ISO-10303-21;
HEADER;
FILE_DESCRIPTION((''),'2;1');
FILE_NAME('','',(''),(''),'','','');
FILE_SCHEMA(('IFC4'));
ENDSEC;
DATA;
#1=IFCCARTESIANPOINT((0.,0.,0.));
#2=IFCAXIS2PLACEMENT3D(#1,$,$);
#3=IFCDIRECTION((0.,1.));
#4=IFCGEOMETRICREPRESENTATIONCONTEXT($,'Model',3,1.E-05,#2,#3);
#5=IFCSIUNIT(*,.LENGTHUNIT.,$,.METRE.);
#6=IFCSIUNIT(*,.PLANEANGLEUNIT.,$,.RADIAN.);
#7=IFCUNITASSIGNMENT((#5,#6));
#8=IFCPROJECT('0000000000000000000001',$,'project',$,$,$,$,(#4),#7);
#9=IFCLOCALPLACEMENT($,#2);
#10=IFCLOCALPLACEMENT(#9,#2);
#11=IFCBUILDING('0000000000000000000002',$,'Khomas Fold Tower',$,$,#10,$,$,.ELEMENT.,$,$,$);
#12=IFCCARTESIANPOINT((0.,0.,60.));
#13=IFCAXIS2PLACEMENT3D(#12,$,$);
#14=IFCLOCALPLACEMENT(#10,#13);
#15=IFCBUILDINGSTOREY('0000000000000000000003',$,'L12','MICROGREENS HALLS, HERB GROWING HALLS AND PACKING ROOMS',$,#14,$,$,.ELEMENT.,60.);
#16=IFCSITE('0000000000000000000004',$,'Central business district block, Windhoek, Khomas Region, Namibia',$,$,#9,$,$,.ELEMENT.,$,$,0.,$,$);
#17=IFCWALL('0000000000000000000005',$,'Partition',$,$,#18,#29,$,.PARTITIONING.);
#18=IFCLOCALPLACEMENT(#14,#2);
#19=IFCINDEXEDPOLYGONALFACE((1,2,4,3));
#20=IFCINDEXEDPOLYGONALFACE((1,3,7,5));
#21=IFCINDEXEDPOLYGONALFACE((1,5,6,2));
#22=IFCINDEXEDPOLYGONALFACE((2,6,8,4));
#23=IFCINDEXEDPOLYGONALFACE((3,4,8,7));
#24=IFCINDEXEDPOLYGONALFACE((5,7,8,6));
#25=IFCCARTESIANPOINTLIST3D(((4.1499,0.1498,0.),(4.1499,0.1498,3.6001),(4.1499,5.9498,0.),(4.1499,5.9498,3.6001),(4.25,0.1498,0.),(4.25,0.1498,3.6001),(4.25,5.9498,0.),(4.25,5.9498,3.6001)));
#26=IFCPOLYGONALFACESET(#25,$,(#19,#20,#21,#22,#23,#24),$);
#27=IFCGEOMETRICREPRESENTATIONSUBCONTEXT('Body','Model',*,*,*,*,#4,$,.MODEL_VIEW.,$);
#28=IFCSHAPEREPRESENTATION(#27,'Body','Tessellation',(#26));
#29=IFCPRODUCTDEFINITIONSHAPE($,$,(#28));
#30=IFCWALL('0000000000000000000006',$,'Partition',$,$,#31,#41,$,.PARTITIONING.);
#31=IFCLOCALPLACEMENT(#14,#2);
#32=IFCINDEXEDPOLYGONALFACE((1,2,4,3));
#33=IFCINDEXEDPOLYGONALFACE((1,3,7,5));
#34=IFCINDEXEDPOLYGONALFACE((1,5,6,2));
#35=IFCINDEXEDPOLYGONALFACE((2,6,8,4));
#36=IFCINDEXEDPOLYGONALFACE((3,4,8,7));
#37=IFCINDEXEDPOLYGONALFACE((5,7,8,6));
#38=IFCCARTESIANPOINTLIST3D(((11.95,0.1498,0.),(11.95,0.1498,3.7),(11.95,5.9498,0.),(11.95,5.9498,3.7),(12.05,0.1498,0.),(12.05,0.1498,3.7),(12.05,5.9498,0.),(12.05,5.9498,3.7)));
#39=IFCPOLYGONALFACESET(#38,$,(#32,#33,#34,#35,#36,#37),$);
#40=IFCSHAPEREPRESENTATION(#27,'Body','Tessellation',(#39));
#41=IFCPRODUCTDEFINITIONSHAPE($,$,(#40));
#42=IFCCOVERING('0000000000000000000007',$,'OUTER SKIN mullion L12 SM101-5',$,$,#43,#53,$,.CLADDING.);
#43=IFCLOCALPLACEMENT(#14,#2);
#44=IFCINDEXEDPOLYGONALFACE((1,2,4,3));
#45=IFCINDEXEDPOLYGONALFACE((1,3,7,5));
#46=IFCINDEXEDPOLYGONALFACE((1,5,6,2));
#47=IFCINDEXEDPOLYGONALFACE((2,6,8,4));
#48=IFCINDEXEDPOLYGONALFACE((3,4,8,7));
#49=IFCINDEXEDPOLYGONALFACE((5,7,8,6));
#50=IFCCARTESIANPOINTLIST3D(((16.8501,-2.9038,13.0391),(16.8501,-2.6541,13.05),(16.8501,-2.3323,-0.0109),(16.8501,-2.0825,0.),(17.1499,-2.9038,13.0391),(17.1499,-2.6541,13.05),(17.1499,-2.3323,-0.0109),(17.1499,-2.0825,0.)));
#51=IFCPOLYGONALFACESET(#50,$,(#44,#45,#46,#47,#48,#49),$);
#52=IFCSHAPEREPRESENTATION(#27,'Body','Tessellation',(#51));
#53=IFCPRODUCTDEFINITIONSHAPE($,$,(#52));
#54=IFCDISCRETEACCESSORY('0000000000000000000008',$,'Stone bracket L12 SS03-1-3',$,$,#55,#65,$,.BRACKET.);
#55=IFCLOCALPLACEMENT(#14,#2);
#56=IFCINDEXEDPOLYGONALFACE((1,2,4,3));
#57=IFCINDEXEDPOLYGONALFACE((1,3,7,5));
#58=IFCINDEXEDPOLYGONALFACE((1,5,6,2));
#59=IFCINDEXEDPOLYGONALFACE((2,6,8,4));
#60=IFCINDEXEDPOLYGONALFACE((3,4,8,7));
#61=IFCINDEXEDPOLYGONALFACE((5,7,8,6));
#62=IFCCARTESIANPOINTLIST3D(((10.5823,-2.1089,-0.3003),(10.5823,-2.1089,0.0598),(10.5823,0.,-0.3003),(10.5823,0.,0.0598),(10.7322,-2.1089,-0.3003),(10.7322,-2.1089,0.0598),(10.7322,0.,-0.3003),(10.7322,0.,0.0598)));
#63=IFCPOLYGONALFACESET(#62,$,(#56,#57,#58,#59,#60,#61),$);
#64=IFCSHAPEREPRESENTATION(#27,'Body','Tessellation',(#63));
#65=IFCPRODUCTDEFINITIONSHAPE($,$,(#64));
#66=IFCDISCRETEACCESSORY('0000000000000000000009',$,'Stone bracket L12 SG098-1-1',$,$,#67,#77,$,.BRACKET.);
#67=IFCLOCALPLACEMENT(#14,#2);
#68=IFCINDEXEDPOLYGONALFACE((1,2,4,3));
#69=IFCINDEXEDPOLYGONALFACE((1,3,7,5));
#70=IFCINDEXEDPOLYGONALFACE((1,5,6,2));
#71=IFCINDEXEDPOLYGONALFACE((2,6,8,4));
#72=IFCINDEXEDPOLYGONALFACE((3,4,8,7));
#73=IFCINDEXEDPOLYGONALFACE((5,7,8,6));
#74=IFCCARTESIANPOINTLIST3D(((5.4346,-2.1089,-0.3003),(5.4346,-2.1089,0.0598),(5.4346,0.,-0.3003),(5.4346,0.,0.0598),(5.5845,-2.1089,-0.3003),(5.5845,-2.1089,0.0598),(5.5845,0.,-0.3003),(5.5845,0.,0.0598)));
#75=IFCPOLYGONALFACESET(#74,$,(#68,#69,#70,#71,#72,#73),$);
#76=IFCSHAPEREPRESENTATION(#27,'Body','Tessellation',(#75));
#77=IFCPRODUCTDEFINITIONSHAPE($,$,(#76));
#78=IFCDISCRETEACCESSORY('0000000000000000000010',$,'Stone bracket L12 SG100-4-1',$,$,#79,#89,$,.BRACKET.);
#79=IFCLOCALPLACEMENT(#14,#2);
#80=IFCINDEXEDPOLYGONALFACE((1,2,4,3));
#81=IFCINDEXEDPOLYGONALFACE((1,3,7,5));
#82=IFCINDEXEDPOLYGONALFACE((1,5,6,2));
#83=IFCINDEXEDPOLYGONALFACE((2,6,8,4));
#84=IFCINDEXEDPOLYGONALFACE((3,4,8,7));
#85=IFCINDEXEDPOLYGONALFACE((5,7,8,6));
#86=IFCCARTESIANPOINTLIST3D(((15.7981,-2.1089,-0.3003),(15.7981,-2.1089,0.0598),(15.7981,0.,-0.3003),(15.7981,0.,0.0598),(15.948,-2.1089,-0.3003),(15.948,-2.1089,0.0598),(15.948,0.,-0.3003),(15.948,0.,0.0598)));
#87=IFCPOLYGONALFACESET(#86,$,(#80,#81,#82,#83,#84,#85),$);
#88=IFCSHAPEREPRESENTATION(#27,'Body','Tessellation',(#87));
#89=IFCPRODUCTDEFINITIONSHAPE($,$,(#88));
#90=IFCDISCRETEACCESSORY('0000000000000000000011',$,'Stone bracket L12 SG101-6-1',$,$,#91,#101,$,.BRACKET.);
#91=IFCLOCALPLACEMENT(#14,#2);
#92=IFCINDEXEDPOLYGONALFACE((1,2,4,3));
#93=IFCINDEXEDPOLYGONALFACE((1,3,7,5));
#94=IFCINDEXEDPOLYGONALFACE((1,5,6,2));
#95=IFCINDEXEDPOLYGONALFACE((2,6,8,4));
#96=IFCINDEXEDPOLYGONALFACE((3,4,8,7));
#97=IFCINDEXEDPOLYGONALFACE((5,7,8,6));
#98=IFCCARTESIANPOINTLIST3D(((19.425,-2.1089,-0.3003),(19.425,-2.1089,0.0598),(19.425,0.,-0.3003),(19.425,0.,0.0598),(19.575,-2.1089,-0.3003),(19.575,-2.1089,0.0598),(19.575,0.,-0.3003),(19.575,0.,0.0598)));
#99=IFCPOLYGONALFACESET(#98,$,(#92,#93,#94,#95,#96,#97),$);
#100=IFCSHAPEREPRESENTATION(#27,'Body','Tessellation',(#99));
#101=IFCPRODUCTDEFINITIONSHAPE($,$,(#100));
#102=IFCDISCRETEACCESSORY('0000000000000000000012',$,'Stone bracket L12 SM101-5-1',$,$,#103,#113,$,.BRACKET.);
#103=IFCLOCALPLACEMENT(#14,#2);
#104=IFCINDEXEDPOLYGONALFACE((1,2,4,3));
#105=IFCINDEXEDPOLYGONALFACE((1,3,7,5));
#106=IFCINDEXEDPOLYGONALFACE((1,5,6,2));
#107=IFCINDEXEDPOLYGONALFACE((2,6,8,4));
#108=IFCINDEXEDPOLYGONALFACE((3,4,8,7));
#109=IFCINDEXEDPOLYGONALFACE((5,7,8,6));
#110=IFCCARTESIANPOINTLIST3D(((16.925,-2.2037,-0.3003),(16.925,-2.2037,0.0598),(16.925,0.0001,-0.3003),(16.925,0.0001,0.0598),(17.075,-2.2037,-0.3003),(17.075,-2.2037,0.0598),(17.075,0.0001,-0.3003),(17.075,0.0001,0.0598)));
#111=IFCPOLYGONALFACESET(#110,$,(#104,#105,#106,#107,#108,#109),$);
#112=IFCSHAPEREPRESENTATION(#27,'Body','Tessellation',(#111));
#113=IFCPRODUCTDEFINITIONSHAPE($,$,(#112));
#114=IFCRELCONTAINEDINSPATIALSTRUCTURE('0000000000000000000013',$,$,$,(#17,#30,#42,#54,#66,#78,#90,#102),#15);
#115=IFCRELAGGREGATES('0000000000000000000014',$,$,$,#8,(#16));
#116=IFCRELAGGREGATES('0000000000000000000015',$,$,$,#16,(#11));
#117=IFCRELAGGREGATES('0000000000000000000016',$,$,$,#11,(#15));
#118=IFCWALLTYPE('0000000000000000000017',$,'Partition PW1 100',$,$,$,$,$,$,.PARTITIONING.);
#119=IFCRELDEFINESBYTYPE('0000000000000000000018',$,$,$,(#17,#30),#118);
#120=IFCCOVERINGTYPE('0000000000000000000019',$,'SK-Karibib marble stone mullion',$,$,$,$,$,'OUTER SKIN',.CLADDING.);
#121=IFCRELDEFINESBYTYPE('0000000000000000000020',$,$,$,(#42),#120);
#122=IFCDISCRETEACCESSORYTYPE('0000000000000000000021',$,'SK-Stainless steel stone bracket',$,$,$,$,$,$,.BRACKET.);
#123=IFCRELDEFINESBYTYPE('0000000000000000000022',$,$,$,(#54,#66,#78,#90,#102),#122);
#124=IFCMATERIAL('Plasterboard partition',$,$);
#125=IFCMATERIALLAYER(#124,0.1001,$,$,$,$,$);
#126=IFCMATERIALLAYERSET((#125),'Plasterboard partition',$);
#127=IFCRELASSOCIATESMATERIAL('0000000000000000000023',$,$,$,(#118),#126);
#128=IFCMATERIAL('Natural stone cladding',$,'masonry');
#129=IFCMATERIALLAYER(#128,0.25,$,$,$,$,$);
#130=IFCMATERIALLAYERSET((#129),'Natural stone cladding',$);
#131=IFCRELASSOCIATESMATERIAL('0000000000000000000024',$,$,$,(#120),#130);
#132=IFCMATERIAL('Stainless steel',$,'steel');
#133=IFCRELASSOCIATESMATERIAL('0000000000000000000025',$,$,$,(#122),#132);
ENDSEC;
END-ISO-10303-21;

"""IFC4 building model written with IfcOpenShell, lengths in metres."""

from ifc_helpers import new_model, si_unit, direction, frame, frame_2d, origin, origin_2d, place, context, subcontext, project, spatial, polyline, rectangle, outline, extrude, source, transform, mapped, material, layer, layer_set, type_object, element, save


model = new_model("IFC4")

# Units and contexts
model_context = context("Model", 3, precision=1e-05, world=origin(), true_north=direction((0.0, 1.0)))
body_context = subcontext(model_context, "Body", "Model", "MODEL_VIEW")
ifc_project = project(units=[si_unit("LENGTHUNIT", "METRE"), si_unit("PLANEANGLEUNIT", "RADIAN")], contexts=[model_context])

# Site, building, storey
site_placement = place(None, origin())
site = spatial("IfcSite", under=ifc_project, at=site_placement, Name="Central business district block, Windhoek, Khomas Region, Namibia", CompositionType="ELEMENT", RefElevation=0.0)
building_placement = place(site_placement, origin())
building = spatial("IfcBuilding", under=site, at=building_placement, Name="Khomas Fold Tower", CompositionType="ELEMENT")
storey_placement = place(building_placement, frame((0.0, 0.0, 60.0)))
storey = spatial("IfcBuildingStorey", under=building, at=storey_placement, Name="L12", Description="MICROGREENS HALLS, HERB GROWING HALLS AND PACKING ROOMS", CompositionType="ELEMENT", Elevation=60.0)

# Walls
ifc_material_1 = material(Name="Plasterboard partition")
ifc_layer_1 = layer(ifc_material_1, 0.1001)
ifc_layer_set_1 = layer_set([ifc_layer_1], Name="Plasterboard partition")
wall_type = type_object("IfcWallType", Name="Partition PW1 100", PredefinedType="PARTITIONING", material=ifc_layer_set_1)
shared_shape_1 = source(origin(), body_context, "Body", "SweptSolid", [
    extrude(rectangle(XDim=5.8, YDim=0.1001, at=frame_2d((2.8999, 0.0))), origin(), (0.0, 0.0, 1.0), 3.6001),
])
wall_1_placement = place(storey_placement, frame((4.2, 0.1499, 0.0), z_axis=(0.0, 0.0, 1.0), x_axis=(0.0, 1.0, 0.0)))
element("IfcWall", 1, at=wall_1_placement, inside=storey, type_object=wall_type, Name="Partition", PredefinedType="PARTITIONING", context=body_context, shape_type="MappedRepresentation", body=[
    mapped(shared_shape_1, transform((0.0, 0.0, 0.0))),
])
shared_shape_2 = source(origin(), body_context, "Body", "SweptSolid", [
    extrude(rectangle(XDim=5.8, YDim=0.1001, at=frame_2d((2.8999, 0.0))), origin(), (0.0, 0.0, 1.0), 3.7),
])
wall_2_placement = place(storey_placement, frame((12.0, 0.1499, 0.0), z_axis=(0.0, 0.0, 1.0), x_axis=(0.0, 1.0, 0.0)))
element("IfcWall", 2, at=wall_2_placement, inside=storey, type_object=wall_type, Name="Partition", PredefinedType="PARTITIONING", context=body_context, shape_type="MappedRepresentation", body=[
    mapped(shared_shape_2, transform((0.0, 0.0, 0.0))),
])

# Covering
ifc_material_2 = material(Name="Natural stone cladding", Category="masonry")
ifc_layer_2 = layer(ifc_material_2, 0.25)
ifc_layer_set_2 = layer_set([ifc_layer_2], Name="Natural stone cladding")
covering_type = type_object("IfcCoveringType", Name="SK-Karibib marble stone mullion", ElementType="OUTER SKIN", PredefinedType="CLADDING", material=ifc_layer_set_2)
covering_placement = place(storey_placement, frame((16.8501, -2.0825, 0.0), z_axis=(0.0, 0.999042, 0.043754), x_axis=(0.0, -0.043754, 0.999042)))
element("IfcCovering", 3, at=covering_placement, inside=storey, type_object=covering_type, Name="OUTER SKIN mullion L12 SM101-5", PredefinedType="CLADDING", context=body_context, shape_type="SweptSolid", body=[
    extrude(outline(polyline([(0.0, 0.0), (13.0626, 0.0), (13.0626, 0.2998), (0.0, 0.2998), (0.0, 0.0)])), origin(), (0.0, 0.0, -1.0), 0.25),
])

# Discrete accessories
ifc_material_3 = material(Name="Stainless steel", Category="steel")
discrete_accessory_type = type_object("IfcDiscreteAccessoryType", Name="SK-Stainless steel stone bracket", PredefinedType="BRACKET", material=ifc_material_3)
shared_shape_3 = source(origin(), body_context, "Body", "SweptSolid", [
    extrude(rectangle(XDim=2.1089, YDim=0.1499, at=origin_2d()), origin(), (0.0, 0.0, 1.0), 0.3601),
])
for number, where, z_axis, x_axis, name in (
    (4, (10.6572, -1.0544, -0.3003), (0.0, 0.0, 1.0), (0.0, -1.0, 0.0), "Stone bracket L12 SS03-1-3"),
    (5, (5.5095, -1.0544, -0.3003), (0.0, 0.0, 1.0), (0.0, -1.0, 0.0), "Stone bracket L12 SG098-1-1"),
    (6, (15.873, -1.0544, -0.3003), (0.0, 0.0, 1.0), (0.0, -1.0, 0.0), "Stone bracket L12 SG100-4-1"),
    (7, (19.5, -1.0544, -0.3003), (0.0, 0.0, 1.0), (0.0, -1.0, 0.0), "Stone bracket L12 SG101-6-1"),
):
    element("IfcDiscreteAccessory", number, at=place(storey_placement, frame(where, z_axis=z_axis, x_axis=x_axis)), inside=storey, type_object=discrete_accessory_type, Name=name, PredefinedType="BRACKET", context=body_context, shape_type="MappedRepresentation", body=[
        mapped(shared_shape_3, transform((0.0, 0.0, 0.0))),
    ])
shared_shape_4 = source(origin(), body_context, "Body", "SweptSolid", [
    extrude(rectangle(XDim=2.2039, YDim=0.1499, at=origin_2d()), origin(), (0.0, 0.0, 1.0), 0.3601),
])
discrete_accessory_placement = place(storey_placement, frame((17.0, -1.1018, -0.3003), z_axis=(0.0, 0.0, 1.0), x_axis=(0.0, -1.0, 0.0)))
element("IfcDiscreteAccessory", 8, at=discrete_accessory_placement, inside=storey, type_object=discrete_accessory_type, Name="Stone bracket L12 SM101-5-1", PredefinedType="BRACKET", context=body_context, shape_type="MappedRepresentation", body=[
    mapped(shared_shape_4, transform((0.0, 0.0, 0.0))),
])

save(model, "model.ifc")
